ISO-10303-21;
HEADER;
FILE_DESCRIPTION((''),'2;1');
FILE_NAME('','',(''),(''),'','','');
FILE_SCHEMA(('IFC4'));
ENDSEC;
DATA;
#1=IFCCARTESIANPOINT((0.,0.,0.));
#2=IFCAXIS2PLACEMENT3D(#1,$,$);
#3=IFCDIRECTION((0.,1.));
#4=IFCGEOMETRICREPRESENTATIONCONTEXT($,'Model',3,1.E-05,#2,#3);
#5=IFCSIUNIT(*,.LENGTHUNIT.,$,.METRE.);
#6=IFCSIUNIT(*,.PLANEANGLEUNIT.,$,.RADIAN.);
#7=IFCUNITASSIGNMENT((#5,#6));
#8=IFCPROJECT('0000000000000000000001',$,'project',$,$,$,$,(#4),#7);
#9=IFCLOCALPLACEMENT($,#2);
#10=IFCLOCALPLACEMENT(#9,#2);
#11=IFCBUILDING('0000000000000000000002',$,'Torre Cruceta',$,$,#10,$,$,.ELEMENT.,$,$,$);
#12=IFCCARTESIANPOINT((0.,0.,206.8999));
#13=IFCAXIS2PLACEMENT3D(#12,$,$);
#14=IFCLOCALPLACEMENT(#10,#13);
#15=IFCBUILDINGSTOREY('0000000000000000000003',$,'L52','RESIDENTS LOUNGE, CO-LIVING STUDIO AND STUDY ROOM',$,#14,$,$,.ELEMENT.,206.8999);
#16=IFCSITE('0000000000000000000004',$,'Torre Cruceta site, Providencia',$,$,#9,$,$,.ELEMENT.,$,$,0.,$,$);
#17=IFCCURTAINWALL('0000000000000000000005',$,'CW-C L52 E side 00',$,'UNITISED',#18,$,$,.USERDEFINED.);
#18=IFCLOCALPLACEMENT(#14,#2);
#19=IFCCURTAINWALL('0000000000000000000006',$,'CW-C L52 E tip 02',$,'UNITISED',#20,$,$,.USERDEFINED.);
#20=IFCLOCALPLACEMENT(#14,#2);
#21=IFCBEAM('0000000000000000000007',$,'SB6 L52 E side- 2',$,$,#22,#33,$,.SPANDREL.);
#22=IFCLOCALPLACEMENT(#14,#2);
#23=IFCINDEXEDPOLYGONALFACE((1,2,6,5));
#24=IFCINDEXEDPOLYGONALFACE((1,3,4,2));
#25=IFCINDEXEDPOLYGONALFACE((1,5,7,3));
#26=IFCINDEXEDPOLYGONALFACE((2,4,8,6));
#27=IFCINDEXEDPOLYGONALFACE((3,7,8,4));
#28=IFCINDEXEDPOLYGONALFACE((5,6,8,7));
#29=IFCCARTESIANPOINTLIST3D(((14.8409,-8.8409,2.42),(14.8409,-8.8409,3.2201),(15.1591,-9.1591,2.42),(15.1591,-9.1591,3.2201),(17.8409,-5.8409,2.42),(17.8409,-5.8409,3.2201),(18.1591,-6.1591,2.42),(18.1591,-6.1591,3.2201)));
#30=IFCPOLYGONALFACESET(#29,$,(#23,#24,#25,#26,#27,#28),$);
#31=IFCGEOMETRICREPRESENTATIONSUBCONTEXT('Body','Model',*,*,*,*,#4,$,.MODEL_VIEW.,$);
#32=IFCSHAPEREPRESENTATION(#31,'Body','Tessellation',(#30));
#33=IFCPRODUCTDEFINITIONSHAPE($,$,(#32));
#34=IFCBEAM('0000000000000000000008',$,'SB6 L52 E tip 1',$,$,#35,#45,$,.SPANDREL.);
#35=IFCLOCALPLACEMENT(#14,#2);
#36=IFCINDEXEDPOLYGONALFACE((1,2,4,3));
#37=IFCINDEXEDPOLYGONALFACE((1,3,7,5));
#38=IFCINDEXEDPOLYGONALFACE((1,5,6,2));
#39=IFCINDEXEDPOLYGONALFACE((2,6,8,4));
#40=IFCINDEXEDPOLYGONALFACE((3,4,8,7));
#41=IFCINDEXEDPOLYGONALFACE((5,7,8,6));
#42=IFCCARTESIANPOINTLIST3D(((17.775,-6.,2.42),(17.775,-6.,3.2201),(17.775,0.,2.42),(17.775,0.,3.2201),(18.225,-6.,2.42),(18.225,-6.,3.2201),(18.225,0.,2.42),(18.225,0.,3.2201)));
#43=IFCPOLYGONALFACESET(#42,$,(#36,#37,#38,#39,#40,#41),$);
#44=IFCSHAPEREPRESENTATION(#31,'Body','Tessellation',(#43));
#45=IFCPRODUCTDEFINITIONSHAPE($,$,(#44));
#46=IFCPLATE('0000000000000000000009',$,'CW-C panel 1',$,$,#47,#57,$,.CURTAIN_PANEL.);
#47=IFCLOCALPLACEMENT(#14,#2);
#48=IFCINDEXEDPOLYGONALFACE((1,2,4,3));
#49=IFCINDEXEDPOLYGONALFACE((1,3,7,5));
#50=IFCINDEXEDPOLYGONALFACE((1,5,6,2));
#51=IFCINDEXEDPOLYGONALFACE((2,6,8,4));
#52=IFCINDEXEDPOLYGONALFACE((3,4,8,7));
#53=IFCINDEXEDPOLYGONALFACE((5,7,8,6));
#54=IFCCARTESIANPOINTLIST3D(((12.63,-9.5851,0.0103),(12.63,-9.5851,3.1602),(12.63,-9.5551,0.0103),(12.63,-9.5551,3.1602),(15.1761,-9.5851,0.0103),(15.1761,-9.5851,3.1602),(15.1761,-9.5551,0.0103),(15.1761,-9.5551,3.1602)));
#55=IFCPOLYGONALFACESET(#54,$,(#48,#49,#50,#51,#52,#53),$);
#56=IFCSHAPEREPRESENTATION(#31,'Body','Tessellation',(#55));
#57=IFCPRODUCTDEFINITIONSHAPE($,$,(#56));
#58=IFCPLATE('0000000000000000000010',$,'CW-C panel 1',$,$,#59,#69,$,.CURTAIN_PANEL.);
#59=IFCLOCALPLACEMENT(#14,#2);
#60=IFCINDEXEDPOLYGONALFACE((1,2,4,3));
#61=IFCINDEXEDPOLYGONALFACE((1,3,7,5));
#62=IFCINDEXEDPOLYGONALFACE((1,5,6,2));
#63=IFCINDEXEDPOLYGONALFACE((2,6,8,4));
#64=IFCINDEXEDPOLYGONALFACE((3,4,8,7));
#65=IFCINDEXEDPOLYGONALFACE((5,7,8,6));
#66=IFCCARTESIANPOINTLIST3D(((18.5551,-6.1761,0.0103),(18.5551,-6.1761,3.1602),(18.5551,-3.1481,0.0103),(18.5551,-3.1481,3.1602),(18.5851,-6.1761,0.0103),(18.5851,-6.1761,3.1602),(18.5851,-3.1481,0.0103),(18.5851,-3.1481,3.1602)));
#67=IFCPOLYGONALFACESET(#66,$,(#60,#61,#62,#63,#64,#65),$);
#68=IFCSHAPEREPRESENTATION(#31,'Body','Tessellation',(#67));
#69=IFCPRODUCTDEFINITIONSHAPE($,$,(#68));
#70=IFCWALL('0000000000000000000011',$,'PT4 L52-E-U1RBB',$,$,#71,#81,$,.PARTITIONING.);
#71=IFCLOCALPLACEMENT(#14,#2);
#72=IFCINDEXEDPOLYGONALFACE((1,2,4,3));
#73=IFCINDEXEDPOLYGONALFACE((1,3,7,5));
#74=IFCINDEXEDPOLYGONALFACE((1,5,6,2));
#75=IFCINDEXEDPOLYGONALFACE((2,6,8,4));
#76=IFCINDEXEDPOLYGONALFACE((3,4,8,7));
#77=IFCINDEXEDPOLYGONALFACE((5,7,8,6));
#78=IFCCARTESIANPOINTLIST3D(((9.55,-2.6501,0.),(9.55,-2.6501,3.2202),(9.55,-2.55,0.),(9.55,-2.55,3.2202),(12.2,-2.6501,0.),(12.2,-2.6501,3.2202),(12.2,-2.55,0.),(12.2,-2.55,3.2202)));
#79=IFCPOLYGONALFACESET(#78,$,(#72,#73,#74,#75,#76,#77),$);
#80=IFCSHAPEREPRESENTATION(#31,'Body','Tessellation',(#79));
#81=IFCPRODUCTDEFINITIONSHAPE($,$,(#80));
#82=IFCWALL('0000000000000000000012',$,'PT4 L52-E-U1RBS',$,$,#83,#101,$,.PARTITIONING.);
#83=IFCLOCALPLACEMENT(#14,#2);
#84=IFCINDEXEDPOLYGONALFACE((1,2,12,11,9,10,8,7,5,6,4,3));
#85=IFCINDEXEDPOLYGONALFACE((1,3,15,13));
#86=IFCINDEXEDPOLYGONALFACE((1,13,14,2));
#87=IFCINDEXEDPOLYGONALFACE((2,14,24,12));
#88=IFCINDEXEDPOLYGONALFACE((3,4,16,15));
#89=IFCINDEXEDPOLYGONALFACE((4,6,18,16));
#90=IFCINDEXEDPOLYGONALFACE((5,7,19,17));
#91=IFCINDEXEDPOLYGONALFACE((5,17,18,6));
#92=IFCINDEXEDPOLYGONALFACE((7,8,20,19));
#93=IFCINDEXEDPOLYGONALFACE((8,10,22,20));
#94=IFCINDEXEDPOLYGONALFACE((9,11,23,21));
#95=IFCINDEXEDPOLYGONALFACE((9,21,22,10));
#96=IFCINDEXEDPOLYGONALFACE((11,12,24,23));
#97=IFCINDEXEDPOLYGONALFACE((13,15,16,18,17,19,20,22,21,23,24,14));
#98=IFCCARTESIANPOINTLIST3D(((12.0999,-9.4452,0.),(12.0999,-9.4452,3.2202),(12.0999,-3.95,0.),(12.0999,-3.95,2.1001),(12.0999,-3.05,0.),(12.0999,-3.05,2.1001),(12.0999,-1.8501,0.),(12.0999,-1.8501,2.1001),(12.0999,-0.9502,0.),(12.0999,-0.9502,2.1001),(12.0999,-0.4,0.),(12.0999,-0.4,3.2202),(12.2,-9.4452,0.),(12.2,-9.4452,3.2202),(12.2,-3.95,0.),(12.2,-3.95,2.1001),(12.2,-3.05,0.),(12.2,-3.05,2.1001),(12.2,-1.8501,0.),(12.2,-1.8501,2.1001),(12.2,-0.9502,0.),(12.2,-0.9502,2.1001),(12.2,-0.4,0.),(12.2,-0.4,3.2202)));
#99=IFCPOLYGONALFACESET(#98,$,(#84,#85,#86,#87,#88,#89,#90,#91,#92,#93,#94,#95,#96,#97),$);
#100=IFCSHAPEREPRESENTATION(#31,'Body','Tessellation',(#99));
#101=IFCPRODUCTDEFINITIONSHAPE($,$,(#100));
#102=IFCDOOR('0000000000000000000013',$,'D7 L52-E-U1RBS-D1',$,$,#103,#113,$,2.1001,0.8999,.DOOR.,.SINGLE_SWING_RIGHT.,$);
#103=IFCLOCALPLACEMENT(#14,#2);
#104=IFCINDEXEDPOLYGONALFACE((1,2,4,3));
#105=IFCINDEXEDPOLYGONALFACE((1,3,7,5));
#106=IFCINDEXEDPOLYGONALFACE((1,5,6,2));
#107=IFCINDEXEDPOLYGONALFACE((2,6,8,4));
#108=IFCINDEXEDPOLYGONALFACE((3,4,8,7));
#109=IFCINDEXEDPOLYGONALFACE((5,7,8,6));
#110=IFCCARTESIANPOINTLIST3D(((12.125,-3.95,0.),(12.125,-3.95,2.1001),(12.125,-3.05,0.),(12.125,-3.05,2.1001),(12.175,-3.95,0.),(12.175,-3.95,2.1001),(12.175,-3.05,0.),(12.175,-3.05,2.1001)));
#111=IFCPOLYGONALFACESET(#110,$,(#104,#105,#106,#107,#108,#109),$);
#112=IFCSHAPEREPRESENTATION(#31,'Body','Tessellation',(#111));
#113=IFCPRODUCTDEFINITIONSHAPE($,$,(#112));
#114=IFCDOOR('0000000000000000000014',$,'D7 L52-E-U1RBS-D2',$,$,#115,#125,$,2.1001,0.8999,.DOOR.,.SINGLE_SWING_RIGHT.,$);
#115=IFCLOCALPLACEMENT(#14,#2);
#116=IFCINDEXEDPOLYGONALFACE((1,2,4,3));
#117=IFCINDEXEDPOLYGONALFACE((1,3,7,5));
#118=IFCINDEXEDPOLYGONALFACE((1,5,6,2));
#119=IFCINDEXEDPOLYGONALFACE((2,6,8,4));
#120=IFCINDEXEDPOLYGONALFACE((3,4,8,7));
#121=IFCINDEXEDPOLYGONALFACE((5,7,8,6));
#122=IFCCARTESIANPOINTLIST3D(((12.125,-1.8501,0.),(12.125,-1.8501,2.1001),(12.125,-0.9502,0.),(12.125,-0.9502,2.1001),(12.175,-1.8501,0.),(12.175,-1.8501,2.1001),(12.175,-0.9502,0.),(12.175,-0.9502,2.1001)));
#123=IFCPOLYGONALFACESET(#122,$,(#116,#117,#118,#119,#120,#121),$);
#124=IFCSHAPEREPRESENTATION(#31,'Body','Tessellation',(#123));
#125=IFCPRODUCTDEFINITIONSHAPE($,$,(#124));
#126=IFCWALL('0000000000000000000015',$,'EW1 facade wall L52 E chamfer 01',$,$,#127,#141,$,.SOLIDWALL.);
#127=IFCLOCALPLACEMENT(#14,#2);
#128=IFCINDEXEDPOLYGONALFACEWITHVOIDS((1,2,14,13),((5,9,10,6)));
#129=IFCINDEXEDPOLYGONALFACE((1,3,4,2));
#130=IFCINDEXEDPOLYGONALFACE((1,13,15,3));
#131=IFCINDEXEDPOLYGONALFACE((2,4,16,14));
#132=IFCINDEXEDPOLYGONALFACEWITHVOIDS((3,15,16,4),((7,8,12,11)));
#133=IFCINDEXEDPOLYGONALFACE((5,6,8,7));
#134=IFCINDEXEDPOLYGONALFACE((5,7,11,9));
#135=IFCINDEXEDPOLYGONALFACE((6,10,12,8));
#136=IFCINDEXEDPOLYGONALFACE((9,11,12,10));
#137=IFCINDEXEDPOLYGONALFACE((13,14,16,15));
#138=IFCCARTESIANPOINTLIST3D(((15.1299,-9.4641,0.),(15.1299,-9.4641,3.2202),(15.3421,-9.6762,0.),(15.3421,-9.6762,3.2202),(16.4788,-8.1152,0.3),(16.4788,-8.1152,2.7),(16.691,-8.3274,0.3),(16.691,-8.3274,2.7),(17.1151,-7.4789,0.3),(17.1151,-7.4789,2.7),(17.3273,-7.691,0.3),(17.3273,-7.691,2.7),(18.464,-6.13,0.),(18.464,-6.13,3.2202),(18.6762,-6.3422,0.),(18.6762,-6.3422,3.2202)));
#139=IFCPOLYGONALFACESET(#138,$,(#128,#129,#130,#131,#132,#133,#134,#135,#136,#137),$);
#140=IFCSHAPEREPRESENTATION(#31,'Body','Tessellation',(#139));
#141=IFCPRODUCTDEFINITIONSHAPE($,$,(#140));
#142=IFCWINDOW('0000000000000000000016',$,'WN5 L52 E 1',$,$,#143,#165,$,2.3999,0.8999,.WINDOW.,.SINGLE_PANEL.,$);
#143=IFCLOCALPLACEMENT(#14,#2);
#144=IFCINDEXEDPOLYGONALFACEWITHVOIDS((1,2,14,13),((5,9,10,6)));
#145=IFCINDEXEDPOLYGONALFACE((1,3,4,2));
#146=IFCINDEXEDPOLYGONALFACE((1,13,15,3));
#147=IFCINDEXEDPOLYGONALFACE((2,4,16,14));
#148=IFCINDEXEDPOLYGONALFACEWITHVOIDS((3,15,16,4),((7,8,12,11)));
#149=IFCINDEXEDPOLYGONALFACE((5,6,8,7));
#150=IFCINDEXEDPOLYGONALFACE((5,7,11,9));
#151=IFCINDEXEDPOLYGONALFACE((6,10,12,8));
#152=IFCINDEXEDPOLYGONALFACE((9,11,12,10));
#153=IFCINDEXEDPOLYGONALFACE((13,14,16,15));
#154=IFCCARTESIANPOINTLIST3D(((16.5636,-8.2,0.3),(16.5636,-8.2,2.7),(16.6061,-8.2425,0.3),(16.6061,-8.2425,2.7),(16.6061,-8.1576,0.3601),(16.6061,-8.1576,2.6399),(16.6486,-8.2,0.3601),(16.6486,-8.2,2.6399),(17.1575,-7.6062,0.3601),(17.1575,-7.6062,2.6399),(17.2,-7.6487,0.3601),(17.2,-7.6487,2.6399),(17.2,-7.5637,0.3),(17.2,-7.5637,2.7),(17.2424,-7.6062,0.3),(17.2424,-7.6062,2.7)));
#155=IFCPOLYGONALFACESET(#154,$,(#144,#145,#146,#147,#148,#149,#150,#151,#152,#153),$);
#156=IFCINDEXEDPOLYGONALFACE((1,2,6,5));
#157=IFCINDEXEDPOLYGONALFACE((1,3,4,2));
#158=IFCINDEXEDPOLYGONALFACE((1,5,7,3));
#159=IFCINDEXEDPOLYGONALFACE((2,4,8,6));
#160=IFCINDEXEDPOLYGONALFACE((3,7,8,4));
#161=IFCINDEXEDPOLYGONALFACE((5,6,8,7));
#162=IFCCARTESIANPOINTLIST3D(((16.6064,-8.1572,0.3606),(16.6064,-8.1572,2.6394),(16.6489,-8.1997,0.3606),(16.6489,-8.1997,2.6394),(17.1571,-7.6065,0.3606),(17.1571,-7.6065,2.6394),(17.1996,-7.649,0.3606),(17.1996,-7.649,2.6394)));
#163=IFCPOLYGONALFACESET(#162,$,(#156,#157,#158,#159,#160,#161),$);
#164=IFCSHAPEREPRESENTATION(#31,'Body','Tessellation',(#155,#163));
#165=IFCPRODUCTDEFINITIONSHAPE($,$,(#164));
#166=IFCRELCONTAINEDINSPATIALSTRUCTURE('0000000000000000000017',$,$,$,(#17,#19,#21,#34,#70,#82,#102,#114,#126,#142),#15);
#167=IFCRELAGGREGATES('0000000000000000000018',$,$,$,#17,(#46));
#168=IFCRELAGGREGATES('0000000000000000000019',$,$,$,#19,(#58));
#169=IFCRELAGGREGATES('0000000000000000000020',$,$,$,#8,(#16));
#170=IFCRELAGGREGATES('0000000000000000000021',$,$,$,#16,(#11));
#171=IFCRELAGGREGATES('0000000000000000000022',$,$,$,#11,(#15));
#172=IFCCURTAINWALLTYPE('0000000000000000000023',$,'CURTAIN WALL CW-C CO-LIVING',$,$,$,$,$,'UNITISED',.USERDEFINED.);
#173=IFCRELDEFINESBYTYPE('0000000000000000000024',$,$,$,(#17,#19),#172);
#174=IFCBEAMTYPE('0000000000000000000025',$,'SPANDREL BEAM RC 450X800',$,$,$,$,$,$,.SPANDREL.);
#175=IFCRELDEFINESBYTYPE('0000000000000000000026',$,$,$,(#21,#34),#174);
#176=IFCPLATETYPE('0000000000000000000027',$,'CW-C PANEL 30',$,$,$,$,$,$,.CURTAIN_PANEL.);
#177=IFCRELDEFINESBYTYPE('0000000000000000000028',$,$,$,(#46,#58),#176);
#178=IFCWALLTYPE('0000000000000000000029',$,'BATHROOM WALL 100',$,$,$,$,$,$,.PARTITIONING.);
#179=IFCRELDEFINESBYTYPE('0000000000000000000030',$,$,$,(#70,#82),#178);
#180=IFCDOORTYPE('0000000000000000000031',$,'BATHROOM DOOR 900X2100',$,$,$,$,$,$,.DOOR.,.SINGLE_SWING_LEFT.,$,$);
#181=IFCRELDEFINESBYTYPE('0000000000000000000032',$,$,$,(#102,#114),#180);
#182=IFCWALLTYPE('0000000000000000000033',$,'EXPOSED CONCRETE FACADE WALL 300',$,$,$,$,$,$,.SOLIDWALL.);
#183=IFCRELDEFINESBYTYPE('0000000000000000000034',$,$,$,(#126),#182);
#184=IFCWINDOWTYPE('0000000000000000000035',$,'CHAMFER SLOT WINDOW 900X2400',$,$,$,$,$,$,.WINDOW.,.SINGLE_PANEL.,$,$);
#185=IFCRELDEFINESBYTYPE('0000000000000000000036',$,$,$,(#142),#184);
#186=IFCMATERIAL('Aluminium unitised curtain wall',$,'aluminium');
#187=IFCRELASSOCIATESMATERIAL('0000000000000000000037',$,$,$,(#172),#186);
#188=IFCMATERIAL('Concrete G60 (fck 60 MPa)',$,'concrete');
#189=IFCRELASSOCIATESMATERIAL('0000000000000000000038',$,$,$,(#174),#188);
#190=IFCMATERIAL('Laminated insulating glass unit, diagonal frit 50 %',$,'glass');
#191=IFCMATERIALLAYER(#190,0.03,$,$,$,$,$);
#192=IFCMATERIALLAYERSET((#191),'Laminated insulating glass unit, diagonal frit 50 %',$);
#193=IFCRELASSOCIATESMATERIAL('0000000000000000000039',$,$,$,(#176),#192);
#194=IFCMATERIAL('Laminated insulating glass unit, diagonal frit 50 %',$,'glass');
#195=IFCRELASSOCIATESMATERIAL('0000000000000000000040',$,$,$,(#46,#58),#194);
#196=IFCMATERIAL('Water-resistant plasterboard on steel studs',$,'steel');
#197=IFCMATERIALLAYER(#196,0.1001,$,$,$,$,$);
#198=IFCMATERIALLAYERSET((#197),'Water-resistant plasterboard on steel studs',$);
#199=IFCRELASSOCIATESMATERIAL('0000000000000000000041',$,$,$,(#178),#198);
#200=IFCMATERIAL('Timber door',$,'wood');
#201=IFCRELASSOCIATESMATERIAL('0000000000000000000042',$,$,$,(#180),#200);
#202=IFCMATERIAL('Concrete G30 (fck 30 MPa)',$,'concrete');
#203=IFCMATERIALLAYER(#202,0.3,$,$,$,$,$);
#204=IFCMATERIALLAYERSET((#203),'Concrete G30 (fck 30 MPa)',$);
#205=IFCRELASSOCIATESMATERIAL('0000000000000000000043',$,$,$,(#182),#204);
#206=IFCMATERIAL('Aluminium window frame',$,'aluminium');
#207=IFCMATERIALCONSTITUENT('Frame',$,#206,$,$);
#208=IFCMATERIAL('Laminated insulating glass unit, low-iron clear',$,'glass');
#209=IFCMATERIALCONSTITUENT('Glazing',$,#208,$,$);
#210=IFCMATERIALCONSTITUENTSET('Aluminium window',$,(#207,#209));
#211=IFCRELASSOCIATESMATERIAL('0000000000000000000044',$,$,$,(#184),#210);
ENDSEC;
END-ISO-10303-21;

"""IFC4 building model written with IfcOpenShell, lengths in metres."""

from ifc_helpers import new_model, si_unit, direction, frame, frame_2d, origin, origin_2d, place, context, subcontext, project, spatial, rectangle, hollow_rectangle, extrude, material, layer, layer_set, constituent, constituent_set, material_profile, profile_set, type_object, element, fill, aggregate, save


model = new_model("IFC4")

# Units and contexts
model_context = context("Model", 3, precision=1e-05, world=origin(), true_north=direction((0.0, 1.0)))
body_context = subcontext(model_context, "Body", "Model", "MODEL_VIEW")
ifc_project = project(units=[si_unit("LENGTHUNIT", "METRE"), si_unit("PLANEANGLEUNIT", "RADIAN")], contexts=[model_context])

# Site, building, storey
site_placement = place(None, origin())
site = spatial("IfcSite", under=ifc_project, at=site_placement, Name="Torre Cruceta site, Providencia", CompositionType="ELEMENT", RefElevation=0.0)
building_placement = place(site_placement, origin())
building = spatial("IfcBuilding", under=site, at=building_placement, Name="Torre Cruceta", CompositionType="ELEMENT")
storey_placement = place(building_placement, frame((0.0, 0.0, 206.8999)))
storey = spatial("IfcBuildingStorey", under=building, at=storey_placement, Name="L52", Description="RESIDENTS LOUNGE, CO-LIVING STUDIO AND STUDY ROOM", CompositionType="ELEMENT", Elevation=206.8999)

# Curtain walls
ifc_material_1 = material(Name="Aluminium unitised curtain wall", Category="aluminium")
curtain_wall_type = type_object("IfcCurtainWallType", Name="CURTAIN WALL CW-C CO-LIVING", ElementType="UNITISED", PredefinedType="USERDEFINED", material=ifc_material_1)
curtain_wall_1_placement = place(storey_placement, origin())
curtain_wall_1 = element("IfcCurtainWall", 1, at=curtain_wall_1_placement, inside=storey, type_object=curtain_wall_type, Name="CW-C L52 E side 00", ObjectType="UNITISED", PredefinedType="USERDEFINED")
curtain_wall_2_placement = place(storey_placement, origin())
curtain_wall_2 = element("IfcCurtainWall", 2, at=curtain_wall_2_placement, inside=storey, type_object=curtain_wall_type, Name="CW-C L52 E tip 02", ObjectType="UNITISED", PredefinedType="USERDEFINED")

# Beams
ifc_material_2 = material(Name="Concrete G60 (fck 60 MPa)", Category="concrete")
ifc_material_profile_1 = material_profile(ifc_material_2, rectangle(XDim=0.45, YDim=0.8, at=origin_2d()), Name="RC 450X800")
ifc_profile_set_1 = profile_set([ifc_material_profile_1], Name="Concrete G60 (fck 60 MPa)")
beam_type_1 = type_object("IfcBeamType", Name="SPANDREL BEAM RC 450X800", PredefinedType="SPANDREL", material=ifc_profile_set_1)
beam_1_placement = place(storey_placement, frame((15.0, -9.0, 2.8201), z_axis=(0.707107, 0.707107, 0.0), x_axis=(-0.707107, 0.707107, 0.0)))
element("IfcBeam", 3, at=beam_1_placement, inside=storey, type_object=beam_type_1, Name="SB6 L52 E side- 2", PredefinedType="SPANDREL", context=body_context, shape_type="SweptSolid", body=[
    extrude(rectangle(XDim=0.45, YDim=0.8, at=origin_2d()), origin(), (0.0, 0.0, 1.0), 4.2427),
])
beam_2_placement = place(storey_placement, frame((18.0, -6.0, 2.8201), z_axis=(0.0, 1.0, 0.0), x_axis=(-1.0, 0.0, 0.0)))
element("IfcBeam", 4, at=beam_2_placement, inside=storey, type_object=beam_type_1, Name="SB6 L52 E tip 1", PredefinedType="SPANDREL", context=body_context, shape_type="SweptSolid", body=[
    extrude(rectangle(XDim=0.45, YDim=0.8, at=origin_2d()), origin(), (0.0, 0.0, 1.0), 6.0),
])

# Plates
ifc_material_3 = material(Name="Laminated insulating glass unit, diagonal frit 50 %", Category="glass")
ifc_material_4 = material(Name="Laminated insulating glass unit, diagonal frit 50 %", Category="glass")
ifc_layer_1 = layer(ifc_material_4, 0.03)
ifc_layer_set_1 = layer_set([ifc_layer_1], Name="Laminated insulating glass unit, diagonal frit 50 %")
plate_type = type_object("IfcPlateType", Name="CW-C PANEL 30", PredefinedType="CURTAIN_PANEL", material=ifc_layer_set_1)
plate_1_placement = place(storey_placement, frame((13.9031, -9.5701, 0.0103), z_axis=(0.0, 0.0, 1.0), x_axis=(1.0, 0.0, 0.0)))
plate_1 = element("IfcPlate", 5, at=plate_1_placement, type_object=plate_type, material=ifc_material_3, Name="CW-C panel 1", PredefinedType="CURTAIN_PANEL", context=body_context, shape_type="SweptSolid", body=[
    extrude(rectangle(XDim=2.5461, YDim=0.03, at=origin_2d()), origin(), (0.0, 0.0, 1.0), 3.1499),
])
aggregate(curtain_wall_1, [plate_1])
plate_2_placement = place(storey_placement, frame((18.5701, -4.6621, 0.0103), z_axis=(0.0, 0.0, 1.0), x_axis=(0.0, 1.0, 0.0)))
plate_2 = element("IfcPlate", 6, at=plate_2_placement, type_object=plate_type, material=ifc_material_3, Name="CW-C panel 1", PredefinedType="CURTAIN_PANEL", context=body_context, shape_type="SweptSolid", body=[
    extrude(rectangle(XDim=3.0281, YDim=0.03, at=origin_2d()), origin(), (0.0, 0.0, 1.0), 3.1499),
])
aggregate(curtain_wall_2, [plate_2])

# Wall
ifc_material_5 = material(Name="Water-resistant plasterboard on steel studs", Category="steel")
ifc_layer_2 = layer(ifc_material_5, 0.1001)
ifc_layer_set_2 = layer_set([ifc_layer_2], Name="Water-resistant plasterboard on steel studs")
wall_type_1 = type_object("IfcWallType", Name="BATHROOM WALL 100", PredefinedType="PARTITIONING", material=ifc_layer_set_2)
wall_1_placement = place(storey_placement, frame((9.55, -2.6001, 0.0), z_axis=(0.0, 0.0, 1.0), x_axis=(1.0, 0.0, 0.0)))
element("IfcWall", 7, at=wall_1_placement, inside=storey, type_object=wall_type_1, Name="PT4 L52-E-U1RBB", PredefinedType="PARTITIONING", context=body_context, shape_type="SweptSolid", body=[
    extrude(rectangle(XDim=2.6499, YDim=0.1001, at=frame_2d((1.325, 0.0))), origin(), (0.0, 0.0, 1.0), 3.2202),
])

# Wall, openings, doors
wall_2_placement = place(storey_placement, frame((12.1499, -9.4451, 0.0), z_axis=(0.0, 0.0, 1.0), x_axis=(0.0, 1.0, 0.0)))
wall_2 = element("IfcWall", 8, at=wall_2_placement, inside=storey, type_object=wall_type_1, Name="PT4 L52-E-U1RBS", PredefinedType="PARTITIONING", context=body_context, shape_type="SweptSolid", body=[
    extrude(rectangle(XDim=9.0452, YDim=0.1001, at=frame_2d((4.5225, 0.0))), origin(), (0.0, 0.0, 1.0), 3.2202),
])
opening_1_placement = place(wall_2_placement, frame((5.4951, 0.0, 0.0)))
opening_1 = element("IfcOpeningElement", 9, at=opening_1_placement, cuts=wall_2, PredefinedType="OPENING", context=body_context, shape_type="SweptSolid", body=[
    extrude(rectangle(XDim=0.8999, YDim=2.1001, at=frame_2d((0.45, 1.05))), frame((0.0, 0.0601, 0.0), z_axis=(0.0, -1.0, 0.0), x_axis=(1.0, 0.0, 0.0)), (0.0, 0.0, 1.0), 0.1201),
])
opening_2_placement = place(wall_2_placement, frame((7.595, 0.0, 0.0)))
opening_2 = element("IfcOpeningElement", 10, at=opening_2_placement, cuts=wall_2, PredefinedType="OPENING", context=body_context, shape_type="SweptSolid", body=[
    extrude(rectangle(XDim=0.8999, YDim=2.1001, at=frame_2d((0.45, 1.05))), frame((0.0, 0.0601, 0.0), z_axis=(0.0, -1.0, 0.0), x_axis=(1.0, 0.0, 0.0)), (0.0, 0.0, 1.0), 0.1201),
])
ifc_material_6 = material(Name="Timber door", Category="wood")
door_type_1 = type_object("IfcDoorType", Name="BATHROOM DOOR 900X2100", OperationType="SINGLE_SWING_LEFT", PredefinedType="DOOR", material=ifc_material_6)
door_1_placement = place(opening_1_placement, origin())
door_1 = element("IfcDoor", 11, at=door_1_placement, inside=storey, type_object=door_type_1, Name="D7 L52-E-U1RBS-D1", OperationType="SINGLE_SWING_RIGHT", OverallHeight=2.1001, OverallWidth=0.8999, PredefinedType="DOOR", context=body_context, shape_type="SweptSolid", body=[
    extrude(rectangle(XDim=0.8999, YDim=2.1001, at=frame_2d((0.45, 1.05))), frame((0.0, 0.0249, 0.0), z_axis=(0.0, -1.0, 0.0), x_axis=(1.0, 0.0, 0.0)), (0.0, 0.0, 1.0), 0.05),
])
fill(opening_1, door_1)
door_2_placement = place(opening_2_placement, origin())
door_2 = element("IfcDoor", 12, at=door_2_placement, inside=storey, type_object=door_type_1, Name="D7 L52-E-U1RBS-D2", OperationType="SINGLE_SWING_RIGHT", OverallHeight=2.1001, OverallWidth=0.8999, PredefinedType="DOOR", context=body_context, shape_type="SweptSolid", body=[
    extrude(rectangle(XDim=0.8999, YDim=2.1001, at=frame_2d((0.45, 1.05))), frame((0.0, 0.0249, 0.0), z_axis=(0.0, -1.0, 0.0), x_axis=(1.0, 0.0, 0.0)), (0.0, 0.0, 1.0), 0.05),
])
fill(opening_2, door_2)

# Wall, opening, window
ifc_material_7 = material(Name="Concrete G30 (fck 30 MPa)", Category="concrete")
ifc_layer_3 = layer(ifc_material_7, 0.3)
ifc_layer_set_3 = layer_set([ifc_layer_3], Name="Concrete G30 (fck 30 MPa)")
wall_type_2 = type_object("IfcWallType", Name="EXPOSED CONCRETE FACADE WALL 300", PredefinedType="SOLIDWALL", material=ifc_layer_set_3)
wall_3_placement = place(storey_placement, frame((15.2361, -9.5701, 0.0), z_axis=(0.0, 0.0, 1.0), x_axis=(0.707107, 0.707107, 0.0)))
wall_3 = element("IfcWall", 13, at=wall_3_placement, inside=storey, type_object=wall_type_2, Name="EW1 facade wall L52 E chamfer 01", PredefinedType="SOLIDWALL", context=body_context, shape_type="SweptSolid", body=[
    extrude(rectangle(XDim=4.7151, YDim=0.3, at=frame_2d((2.3574, 0.0))), origin(), (0.0, 0.0, 1.0), 3.2202),
])
opening_3_placement = place(wall_3_placement, frame((1.9075, 0.0, 0.3)))
opening_3 = element("IfcOpeningElement", 14, at=opening_3_placement, cuts=wall_3, PredefinedType="OPENING", context=body_context, shape_type="SweptSolid", body=[
    extrude(rectangle(XDim=0.8999, YDim=2.3999, at=frame_2d((0.45, 1.2))), frame((0.0, 0.1599, 0.0), z_axis=(0.0, -1.0, 0.0), x_axis=(1.0, 0.0, 0.0)), (0.0, 0.0, 1.0), 0.3201),
])
ifc_material_8 = material(Name="Aluminium window frame", Category="aluminium")
ifc_constituent_1 = constituent(ifc_material_8, Name="Frame")
ifc_material_9 = material(Name="Laminated insulating glass unit, low-iron clear", Category="glass")
ifc_constituent_2 = constituent(ifc_material_9, Name="Glazing")
ifc_constituent_set_1 = constituent_set(constituents=[ifc_constituent_1, ifc_constituent_2], Name="Aluminium window")
window_type = type_object("IfcWindowType", Name="CHAMFER SLOT WINDOW 900X2400", PartitioningType="SINGLE_PANEL", PredefinedType="WINDOW", material=ifc_constituent_set_1)
window_placement = place(opening_3_placement, origin())
window = element("IfcWindow", 15, at=window_placement, inside=storey, type_object=window_type, Name="WN5 L52 E 1", OverallHeight=2.3999, OverallWidth=0.8999, PartitioningType="SINGLE_PANEL", PredefinedType="WINDOW", context=body_context, shape_type="SweptSolid", body=[
    extrude(hollow_rectangle(XDim=0.8999, YDim=2.3999, WallThickness=0.0601, at=frame_2d((0.45, 1.2))), frame((0.0, 0.03, 0.0), z_axis=(0.0, -1.0, 0.0), x_axis=(1.0, 0.0, 0.0)), (0.0, 0.0, 1.0), 0.0601),
    extrude(rectangle(XDim=0.7788, YDim=2.2788, at=frame_2d((0.45, 1.2))), frame((0.0, 0.03, 0.0), z_axis=(0.0, -1.0, 0.0), x_axis=(1.0, 0.0, 0.0)), (0.0, 0.0, 1.0), 0.0601),
])
fill(opening_3, window)

save(model, "model.ifc")
